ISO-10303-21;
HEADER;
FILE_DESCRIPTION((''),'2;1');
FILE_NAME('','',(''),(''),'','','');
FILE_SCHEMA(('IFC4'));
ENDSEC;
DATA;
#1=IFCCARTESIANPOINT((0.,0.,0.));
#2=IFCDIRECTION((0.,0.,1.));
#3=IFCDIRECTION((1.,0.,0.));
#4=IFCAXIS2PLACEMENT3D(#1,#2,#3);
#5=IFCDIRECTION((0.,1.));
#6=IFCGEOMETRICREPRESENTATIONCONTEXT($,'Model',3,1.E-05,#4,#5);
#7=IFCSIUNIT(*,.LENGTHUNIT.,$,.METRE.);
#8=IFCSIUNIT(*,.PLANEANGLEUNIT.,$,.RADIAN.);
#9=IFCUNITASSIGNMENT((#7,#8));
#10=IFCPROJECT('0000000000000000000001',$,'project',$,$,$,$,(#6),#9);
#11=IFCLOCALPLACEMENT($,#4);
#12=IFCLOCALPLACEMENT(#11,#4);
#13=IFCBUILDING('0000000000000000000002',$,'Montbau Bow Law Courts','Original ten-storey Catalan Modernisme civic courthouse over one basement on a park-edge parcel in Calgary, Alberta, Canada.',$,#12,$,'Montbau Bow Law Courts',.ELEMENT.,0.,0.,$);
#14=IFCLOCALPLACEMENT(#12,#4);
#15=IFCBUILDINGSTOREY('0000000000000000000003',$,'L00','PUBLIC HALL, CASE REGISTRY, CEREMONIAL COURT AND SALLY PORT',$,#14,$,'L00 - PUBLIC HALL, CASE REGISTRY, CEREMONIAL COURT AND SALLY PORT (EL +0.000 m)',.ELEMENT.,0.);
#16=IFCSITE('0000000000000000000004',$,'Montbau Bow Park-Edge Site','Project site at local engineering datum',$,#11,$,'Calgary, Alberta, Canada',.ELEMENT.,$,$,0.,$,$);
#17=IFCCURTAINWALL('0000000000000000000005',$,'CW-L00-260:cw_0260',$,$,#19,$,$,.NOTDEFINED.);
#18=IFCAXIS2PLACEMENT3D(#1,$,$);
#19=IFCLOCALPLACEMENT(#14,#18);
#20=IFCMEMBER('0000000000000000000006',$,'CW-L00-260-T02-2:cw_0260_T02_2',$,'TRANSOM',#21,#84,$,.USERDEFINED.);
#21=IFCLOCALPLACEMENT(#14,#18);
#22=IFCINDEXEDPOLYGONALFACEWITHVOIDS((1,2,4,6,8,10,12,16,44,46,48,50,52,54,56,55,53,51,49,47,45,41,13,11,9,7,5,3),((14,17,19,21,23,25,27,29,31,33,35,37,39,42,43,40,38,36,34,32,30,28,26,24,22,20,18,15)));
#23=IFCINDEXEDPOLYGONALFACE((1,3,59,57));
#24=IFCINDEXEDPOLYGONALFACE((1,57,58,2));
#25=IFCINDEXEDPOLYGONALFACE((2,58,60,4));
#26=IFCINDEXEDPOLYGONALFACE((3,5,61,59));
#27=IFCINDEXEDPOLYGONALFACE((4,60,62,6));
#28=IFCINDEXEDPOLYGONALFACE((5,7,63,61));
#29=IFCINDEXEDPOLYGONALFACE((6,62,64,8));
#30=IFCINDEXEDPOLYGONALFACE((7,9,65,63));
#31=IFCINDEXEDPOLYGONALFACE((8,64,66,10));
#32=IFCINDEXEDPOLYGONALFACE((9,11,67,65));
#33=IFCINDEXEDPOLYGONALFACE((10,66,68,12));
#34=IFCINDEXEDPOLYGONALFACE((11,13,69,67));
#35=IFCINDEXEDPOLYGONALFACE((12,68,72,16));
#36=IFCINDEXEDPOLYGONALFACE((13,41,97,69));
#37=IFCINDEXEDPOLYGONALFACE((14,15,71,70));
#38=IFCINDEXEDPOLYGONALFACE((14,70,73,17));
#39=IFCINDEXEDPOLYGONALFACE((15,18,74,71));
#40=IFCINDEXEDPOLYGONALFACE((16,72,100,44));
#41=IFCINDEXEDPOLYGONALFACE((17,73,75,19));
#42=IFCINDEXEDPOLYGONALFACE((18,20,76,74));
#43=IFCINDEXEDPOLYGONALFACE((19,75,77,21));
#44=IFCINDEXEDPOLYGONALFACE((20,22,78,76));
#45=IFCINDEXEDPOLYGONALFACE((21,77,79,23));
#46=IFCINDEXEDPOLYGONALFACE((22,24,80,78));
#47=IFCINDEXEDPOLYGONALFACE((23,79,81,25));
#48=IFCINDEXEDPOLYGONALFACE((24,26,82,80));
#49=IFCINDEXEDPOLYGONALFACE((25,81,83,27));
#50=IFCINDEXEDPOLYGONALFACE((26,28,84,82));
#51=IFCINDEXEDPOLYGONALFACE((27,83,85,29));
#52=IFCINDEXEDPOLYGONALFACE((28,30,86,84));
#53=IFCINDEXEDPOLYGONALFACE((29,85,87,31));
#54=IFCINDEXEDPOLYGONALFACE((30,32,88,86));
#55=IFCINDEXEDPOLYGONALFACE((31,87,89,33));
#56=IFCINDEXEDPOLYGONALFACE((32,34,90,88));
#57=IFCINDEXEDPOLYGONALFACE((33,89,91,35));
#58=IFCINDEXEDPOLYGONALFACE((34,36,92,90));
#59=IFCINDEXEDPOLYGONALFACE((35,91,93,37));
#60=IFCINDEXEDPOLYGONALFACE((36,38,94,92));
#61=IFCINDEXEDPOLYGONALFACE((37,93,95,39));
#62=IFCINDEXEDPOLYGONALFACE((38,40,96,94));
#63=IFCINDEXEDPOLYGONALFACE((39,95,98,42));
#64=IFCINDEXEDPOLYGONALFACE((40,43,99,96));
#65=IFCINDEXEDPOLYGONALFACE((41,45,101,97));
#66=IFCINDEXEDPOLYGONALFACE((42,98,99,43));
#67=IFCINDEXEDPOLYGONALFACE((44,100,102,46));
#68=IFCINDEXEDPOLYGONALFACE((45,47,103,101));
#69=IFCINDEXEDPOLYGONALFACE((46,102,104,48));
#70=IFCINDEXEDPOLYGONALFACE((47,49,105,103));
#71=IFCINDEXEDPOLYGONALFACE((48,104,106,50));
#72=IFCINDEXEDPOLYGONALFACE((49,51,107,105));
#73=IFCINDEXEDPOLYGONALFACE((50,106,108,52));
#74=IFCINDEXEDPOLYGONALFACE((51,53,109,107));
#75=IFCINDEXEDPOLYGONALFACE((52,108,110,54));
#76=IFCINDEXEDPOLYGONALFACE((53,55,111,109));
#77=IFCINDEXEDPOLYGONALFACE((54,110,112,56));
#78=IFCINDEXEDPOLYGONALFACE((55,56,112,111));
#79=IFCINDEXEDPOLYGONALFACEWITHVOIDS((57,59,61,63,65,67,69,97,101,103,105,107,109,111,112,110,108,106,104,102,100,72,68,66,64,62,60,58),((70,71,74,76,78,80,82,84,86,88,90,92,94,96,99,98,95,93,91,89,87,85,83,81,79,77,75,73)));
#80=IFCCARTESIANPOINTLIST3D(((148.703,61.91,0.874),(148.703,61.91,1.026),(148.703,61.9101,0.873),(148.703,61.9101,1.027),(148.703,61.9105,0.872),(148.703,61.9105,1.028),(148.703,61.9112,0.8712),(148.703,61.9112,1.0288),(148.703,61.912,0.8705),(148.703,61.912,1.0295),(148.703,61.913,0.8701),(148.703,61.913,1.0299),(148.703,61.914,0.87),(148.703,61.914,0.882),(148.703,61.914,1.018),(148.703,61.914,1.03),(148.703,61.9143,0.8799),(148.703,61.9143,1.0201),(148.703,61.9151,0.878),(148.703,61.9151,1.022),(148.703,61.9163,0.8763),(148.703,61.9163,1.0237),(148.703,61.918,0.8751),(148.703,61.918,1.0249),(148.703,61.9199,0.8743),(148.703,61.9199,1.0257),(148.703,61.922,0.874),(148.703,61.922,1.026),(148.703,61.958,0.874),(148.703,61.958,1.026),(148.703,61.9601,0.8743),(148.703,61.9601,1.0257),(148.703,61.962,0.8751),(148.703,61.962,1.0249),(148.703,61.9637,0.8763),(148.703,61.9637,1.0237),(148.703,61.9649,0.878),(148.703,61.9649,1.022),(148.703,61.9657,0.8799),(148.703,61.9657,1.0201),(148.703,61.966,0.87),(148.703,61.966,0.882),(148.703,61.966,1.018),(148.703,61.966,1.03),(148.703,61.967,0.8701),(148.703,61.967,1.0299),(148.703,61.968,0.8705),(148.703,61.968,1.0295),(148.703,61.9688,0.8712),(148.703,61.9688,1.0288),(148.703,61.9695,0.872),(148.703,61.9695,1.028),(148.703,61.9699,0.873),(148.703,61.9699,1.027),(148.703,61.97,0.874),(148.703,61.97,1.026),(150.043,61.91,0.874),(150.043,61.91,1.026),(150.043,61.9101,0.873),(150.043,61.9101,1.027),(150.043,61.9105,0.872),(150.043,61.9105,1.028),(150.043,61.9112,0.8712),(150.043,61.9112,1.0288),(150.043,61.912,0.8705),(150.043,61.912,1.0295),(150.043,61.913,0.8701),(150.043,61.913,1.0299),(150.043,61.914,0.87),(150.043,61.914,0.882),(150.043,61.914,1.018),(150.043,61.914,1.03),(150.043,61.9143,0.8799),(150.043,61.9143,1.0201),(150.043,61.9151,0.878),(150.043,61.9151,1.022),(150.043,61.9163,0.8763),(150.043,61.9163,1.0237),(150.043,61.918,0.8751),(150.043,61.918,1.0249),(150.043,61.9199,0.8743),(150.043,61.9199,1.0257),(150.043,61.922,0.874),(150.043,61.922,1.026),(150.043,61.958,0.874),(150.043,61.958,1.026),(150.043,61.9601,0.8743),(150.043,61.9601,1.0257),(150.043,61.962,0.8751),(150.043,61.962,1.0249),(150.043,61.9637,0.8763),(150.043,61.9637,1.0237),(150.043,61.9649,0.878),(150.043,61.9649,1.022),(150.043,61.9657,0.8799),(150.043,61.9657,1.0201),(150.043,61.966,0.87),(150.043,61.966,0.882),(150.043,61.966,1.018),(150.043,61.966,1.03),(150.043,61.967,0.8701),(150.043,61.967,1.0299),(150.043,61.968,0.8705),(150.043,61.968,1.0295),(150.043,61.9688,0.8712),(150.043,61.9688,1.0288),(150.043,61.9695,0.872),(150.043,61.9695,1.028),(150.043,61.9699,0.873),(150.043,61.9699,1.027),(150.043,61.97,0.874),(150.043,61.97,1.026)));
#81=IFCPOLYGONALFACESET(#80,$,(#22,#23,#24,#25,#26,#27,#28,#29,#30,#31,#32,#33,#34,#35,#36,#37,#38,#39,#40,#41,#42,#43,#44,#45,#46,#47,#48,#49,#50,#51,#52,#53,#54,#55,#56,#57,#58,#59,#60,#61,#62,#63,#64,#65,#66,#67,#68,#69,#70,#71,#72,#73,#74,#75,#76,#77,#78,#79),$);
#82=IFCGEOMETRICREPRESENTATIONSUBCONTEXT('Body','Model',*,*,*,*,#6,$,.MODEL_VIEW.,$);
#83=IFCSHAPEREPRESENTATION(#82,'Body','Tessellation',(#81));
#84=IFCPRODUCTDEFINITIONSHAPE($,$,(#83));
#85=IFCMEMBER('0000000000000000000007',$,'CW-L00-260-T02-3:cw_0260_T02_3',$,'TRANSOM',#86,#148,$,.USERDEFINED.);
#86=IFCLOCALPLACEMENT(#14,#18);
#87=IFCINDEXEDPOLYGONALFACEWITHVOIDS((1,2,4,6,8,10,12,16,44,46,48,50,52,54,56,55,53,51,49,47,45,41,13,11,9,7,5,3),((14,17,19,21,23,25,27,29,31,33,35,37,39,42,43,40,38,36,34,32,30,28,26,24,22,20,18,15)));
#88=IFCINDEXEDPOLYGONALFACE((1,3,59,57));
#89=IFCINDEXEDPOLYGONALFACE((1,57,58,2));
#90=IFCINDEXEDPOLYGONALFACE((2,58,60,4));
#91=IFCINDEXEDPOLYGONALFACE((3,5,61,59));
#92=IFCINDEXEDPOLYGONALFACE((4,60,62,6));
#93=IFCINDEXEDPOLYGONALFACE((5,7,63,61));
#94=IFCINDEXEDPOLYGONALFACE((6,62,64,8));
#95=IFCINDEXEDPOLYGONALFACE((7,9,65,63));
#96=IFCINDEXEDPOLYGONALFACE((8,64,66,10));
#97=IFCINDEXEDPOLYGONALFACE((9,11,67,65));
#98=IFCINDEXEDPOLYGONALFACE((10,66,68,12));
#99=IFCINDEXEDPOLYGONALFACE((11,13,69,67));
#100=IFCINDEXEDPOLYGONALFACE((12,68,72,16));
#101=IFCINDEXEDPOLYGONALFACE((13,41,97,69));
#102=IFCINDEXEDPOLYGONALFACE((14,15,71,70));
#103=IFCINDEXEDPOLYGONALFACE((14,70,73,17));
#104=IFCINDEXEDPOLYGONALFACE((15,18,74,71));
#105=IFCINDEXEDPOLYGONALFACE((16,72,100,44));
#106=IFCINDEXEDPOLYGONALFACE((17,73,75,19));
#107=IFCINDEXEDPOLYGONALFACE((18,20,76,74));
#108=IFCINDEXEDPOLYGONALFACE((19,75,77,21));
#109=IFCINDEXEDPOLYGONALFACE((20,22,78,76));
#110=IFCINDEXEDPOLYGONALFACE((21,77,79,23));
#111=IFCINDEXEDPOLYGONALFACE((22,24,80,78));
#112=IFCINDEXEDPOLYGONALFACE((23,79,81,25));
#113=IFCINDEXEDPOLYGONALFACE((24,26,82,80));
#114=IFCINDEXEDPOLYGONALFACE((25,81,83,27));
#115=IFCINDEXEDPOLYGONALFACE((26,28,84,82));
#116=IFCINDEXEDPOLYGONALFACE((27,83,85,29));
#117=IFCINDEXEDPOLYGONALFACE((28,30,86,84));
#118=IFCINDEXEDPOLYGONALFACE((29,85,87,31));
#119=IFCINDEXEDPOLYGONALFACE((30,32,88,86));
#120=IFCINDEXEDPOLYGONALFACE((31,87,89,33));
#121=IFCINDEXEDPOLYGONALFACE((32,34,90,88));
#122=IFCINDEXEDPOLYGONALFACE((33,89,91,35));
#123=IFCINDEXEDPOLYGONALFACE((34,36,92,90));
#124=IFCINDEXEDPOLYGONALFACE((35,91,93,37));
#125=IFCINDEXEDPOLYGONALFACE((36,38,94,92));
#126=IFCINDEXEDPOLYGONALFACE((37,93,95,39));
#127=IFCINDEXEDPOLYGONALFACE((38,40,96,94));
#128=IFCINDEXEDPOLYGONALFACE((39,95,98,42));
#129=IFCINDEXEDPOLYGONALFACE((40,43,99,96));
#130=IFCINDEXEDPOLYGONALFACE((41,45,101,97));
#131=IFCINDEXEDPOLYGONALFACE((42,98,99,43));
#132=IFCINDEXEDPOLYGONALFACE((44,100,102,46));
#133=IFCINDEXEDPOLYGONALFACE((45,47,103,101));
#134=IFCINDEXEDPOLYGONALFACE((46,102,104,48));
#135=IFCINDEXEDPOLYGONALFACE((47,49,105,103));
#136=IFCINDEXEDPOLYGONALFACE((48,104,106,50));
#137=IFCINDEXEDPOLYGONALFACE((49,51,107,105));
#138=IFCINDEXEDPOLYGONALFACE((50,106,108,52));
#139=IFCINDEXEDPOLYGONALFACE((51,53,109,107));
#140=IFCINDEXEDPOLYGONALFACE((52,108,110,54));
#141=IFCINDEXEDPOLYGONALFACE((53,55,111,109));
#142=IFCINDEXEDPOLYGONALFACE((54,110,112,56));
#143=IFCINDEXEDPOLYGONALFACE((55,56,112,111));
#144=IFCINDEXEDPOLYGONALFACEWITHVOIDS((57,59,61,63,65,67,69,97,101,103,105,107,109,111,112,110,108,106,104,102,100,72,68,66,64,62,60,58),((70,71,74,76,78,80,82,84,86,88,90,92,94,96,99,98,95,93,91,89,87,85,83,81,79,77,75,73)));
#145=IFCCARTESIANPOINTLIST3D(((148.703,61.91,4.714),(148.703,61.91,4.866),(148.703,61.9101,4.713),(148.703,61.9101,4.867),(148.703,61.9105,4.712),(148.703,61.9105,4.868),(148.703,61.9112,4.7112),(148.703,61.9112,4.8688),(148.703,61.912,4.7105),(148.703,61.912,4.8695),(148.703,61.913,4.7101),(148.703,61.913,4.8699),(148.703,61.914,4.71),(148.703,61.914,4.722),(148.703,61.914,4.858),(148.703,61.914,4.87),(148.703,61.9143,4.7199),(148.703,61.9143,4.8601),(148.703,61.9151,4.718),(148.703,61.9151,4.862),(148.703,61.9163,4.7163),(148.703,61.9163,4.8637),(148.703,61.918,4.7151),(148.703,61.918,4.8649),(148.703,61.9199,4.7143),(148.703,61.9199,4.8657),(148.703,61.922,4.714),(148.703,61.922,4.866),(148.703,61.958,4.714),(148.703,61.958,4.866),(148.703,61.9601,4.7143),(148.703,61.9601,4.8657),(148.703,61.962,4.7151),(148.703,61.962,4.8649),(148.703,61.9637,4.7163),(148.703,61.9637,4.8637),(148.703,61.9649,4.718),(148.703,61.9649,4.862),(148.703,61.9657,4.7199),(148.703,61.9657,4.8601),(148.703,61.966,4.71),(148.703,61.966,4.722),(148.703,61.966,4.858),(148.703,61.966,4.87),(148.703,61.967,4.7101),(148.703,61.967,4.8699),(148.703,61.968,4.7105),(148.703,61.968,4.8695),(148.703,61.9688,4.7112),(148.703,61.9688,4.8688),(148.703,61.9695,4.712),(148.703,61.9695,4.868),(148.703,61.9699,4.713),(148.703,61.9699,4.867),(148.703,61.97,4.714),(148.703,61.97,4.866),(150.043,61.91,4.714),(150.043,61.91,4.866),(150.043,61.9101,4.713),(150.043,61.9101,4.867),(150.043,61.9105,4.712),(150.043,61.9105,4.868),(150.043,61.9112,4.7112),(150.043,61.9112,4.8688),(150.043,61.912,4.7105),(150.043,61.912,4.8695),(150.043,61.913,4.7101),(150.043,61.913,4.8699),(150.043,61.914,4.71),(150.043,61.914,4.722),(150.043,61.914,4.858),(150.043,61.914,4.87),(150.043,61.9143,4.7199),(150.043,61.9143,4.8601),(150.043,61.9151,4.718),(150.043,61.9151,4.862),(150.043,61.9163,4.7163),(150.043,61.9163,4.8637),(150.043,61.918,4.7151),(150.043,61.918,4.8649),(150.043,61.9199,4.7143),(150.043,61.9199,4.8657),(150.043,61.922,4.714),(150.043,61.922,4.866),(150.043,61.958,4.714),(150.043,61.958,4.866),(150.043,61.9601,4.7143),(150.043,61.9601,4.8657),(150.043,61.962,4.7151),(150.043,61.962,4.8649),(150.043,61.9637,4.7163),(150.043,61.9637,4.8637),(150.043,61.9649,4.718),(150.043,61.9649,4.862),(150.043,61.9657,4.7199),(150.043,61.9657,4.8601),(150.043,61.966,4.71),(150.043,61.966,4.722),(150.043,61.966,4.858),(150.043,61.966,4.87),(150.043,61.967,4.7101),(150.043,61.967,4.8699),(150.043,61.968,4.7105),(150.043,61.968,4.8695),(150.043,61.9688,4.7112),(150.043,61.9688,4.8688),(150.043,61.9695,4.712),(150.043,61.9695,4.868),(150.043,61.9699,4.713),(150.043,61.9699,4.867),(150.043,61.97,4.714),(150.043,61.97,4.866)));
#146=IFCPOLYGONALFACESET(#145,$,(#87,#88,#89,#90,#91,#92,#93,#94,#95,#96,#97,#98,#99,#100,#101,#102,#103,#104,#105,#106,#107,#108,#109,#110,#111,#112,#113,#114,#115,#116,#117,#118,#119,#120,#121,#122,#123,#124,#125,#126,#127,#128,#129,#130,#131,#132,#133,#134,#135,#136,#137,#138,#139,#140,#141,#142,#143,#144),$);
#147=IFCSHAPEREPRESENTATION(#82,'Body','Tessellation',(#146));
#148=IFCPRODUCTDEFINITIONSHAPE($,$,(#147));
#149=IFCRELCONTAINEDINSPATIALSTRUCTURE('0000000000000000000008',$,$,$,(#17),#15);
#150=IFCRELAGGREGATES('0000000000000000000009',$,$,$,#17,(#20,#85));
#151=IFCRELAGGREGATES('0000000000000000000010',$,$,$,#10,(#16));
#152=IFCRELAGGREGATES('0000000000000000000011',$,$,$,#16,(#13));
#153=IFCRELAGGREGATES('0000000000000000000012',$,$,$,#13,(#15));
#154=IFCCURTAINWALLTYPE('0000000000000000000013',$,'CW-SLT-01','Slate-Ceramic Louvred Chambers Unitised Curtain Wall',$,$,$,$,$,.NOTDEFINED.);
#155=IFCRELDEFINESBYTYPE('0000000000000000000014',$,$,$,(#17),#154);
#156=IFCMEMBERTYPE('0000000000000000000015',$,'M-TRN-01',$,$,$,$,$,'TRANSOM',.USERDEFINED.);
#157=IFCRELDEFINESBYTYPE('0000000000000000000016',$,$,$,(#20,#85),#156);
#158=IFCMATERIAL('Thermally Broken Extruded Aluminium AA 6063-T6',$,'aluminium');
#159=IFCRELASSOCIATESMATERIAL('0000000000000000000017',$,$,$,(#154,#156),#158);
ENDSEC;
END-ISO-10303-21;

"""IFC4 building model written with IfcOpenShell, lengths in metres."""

from ifc_helpers import new_model, si_unit, direction, frame, origin_with_axes, origin_2d_with_axis, place, context, subcontext, project, spatial, hollow_rectangle, extrude, material, material_profile, profile_set, type_object, element, aggregate, save


model = new_model("IFC4")

# Units and contexts
model_context = context("Model", 3, precision=1e-05, world=origin_with_axes(), true_north=direction((0.0, 1.0)))
body_context = subcontext(model_context, "Body", "Model", "MODEL_VIEW")
ifc_project = project(units=[si_unit("LENGTHUNIT", "METRE"), si_unit("PLANEANGLEUNIT", "RADIAN")], contexts=[model_context])

# Site, building, storey
site_placement = place(None, origin_with_axes())
site = spatial("IfcSite", under=ifc_project, at=site_placement, Name="Montbau Bow Park-Edge Site", Description="Project site at local engineering datum", LongName="Calgary, Alberta, Canada", CompositionType="ELEMENT", RefElevation=0.0)
building_placement = place(site_placement, origin_with_axes())
building = spatial("IfcBuilding", under=site, at=building_placement, Name="Montbau Bow Law Courts", Description="Original ten-storey Catalan Modernisme civic courthouse over one basement on a park-edge parcel in Calgary, Alberta, Canada.", LongName="Montbau Bow Law Courts", CompositionType="ELEMENT", ElevationOfRefHeight=0.0, ElevationOfTerrain=0.0)
storey_placement = place(building_placement, origin_with_axes())
storey = spatial("IfcBuildingStorey", under=building, at=storey_placement, Name="L00", Description="PUBLIC HALL, CASE REGISTRY, CEREMONIAL COURT AND SALLY PORT", LongName="L00 - PUBLIC HALL, CASE REGISTRY, CEREMONIAL COURT AND SALLY PORT (EL +0.000 m)", CompositionType="ELEMENT", Elevation=0.0)

# Curtain wall, members
ifc_material_1 = material(Name="Thermally Broken Extruded Aluminium AA 6063-T6", Category="aluminium")
curtain_wall_type = type_object("IfcCurtainWallType", Name="CW-SLT-01", Description="Slate-Ceramic Louvred Chambers Unitised Curtain Wall", PredefinedType="NOTDEFINED", material=ifc_material_1)
curtain_wall_placement = place(None, frame((147.268, 61.94, 0.0), z_axis=(0.0, 0.0, 1.0), x_axis=(1.0, 0.0, 0.0)))
curtain_wall = element("IfcCurtainWall", 1, at=curtain_wall_placement, inside=storey, type_object=curtain_wall_type, Name="CW-L00-260:cw_0260", PredefinedType="NOTDEFINED")
ifc_material_profile_1 = material_profile(ifc_material_1, hollow_rectangle(XDim=0.06, YDim=0.16, WallThickness=0.004, InnerFilletRadius=0.008, OuterFilletRadius=0.004, at=origin_2d_with_axis()), Name="CWT-160X60", Category="Main", Priority=0)
ifc_profile_set_1 = profile_set([ifc_material_profile_1], Name="Thermally Broken Extruded Aluminium AA 6063-T6")
member_type_1 = type_object("IfcMemberType", Name="M-TRN-01", ElementType="TRANSOM", PredefinedType="USERDEFINED", material=ifc_profile_set_1)
member_1_placement = place(None, frame((148.703, 61.94, 0.95), z_axis=(1.0, 0.0, 0.0), x_axis=(0.0, 1.0, 0.0)))
member_1 = element("IfcMember", 2, at=member_1_placement, type_object=member_type_1, Name="CW-L00-260-T02-2:cw_0260_T02_2", ObjectType="TRANSOM", PredefinedType="USERDEFINED", context=body_context, shape_type="SweptSolid", body=[
    extrude(hollow_rectangle(XDim=0.06, YDim=0.16, WallThickness=0.004, InnerFilletRadius=0.008, OuterFilletRadius=0.004, at=origin_2d_with_axis()), origin_with_axes(), (0.0, 0.0, 1.0), 1.34),
])
member_2_placement = place(None, frame((148.703, 61.94, 4.79), z_axis=(1.0, 0.0, 0.0), x_axis=(0.0, 1.0, 0.0)))
member_2 = element("IfcMember", 3, at=member_2_placement, type_object=member_type_1, Name="CW-L00-260-T02-3:cw_0260_T02_3", ObjectType="TRANSOM", PredefinedType="USERDEFINED", context=body_context, shape_type="SweptSolid", body=[
    extrude(hollow_rectangle(XDim=0.06, YDim=0.16, WallThickness=0.004, InnerFilletRadius=0.008, OuterFilletRadius=0.004, at=origin_2d_with_axis()), origin_with_axes(), (0.0, 0.0, 1.0), 1.34),
])
aggregate(curtain_wall, [member_1, member_2])

save(model, "model.ifc")
